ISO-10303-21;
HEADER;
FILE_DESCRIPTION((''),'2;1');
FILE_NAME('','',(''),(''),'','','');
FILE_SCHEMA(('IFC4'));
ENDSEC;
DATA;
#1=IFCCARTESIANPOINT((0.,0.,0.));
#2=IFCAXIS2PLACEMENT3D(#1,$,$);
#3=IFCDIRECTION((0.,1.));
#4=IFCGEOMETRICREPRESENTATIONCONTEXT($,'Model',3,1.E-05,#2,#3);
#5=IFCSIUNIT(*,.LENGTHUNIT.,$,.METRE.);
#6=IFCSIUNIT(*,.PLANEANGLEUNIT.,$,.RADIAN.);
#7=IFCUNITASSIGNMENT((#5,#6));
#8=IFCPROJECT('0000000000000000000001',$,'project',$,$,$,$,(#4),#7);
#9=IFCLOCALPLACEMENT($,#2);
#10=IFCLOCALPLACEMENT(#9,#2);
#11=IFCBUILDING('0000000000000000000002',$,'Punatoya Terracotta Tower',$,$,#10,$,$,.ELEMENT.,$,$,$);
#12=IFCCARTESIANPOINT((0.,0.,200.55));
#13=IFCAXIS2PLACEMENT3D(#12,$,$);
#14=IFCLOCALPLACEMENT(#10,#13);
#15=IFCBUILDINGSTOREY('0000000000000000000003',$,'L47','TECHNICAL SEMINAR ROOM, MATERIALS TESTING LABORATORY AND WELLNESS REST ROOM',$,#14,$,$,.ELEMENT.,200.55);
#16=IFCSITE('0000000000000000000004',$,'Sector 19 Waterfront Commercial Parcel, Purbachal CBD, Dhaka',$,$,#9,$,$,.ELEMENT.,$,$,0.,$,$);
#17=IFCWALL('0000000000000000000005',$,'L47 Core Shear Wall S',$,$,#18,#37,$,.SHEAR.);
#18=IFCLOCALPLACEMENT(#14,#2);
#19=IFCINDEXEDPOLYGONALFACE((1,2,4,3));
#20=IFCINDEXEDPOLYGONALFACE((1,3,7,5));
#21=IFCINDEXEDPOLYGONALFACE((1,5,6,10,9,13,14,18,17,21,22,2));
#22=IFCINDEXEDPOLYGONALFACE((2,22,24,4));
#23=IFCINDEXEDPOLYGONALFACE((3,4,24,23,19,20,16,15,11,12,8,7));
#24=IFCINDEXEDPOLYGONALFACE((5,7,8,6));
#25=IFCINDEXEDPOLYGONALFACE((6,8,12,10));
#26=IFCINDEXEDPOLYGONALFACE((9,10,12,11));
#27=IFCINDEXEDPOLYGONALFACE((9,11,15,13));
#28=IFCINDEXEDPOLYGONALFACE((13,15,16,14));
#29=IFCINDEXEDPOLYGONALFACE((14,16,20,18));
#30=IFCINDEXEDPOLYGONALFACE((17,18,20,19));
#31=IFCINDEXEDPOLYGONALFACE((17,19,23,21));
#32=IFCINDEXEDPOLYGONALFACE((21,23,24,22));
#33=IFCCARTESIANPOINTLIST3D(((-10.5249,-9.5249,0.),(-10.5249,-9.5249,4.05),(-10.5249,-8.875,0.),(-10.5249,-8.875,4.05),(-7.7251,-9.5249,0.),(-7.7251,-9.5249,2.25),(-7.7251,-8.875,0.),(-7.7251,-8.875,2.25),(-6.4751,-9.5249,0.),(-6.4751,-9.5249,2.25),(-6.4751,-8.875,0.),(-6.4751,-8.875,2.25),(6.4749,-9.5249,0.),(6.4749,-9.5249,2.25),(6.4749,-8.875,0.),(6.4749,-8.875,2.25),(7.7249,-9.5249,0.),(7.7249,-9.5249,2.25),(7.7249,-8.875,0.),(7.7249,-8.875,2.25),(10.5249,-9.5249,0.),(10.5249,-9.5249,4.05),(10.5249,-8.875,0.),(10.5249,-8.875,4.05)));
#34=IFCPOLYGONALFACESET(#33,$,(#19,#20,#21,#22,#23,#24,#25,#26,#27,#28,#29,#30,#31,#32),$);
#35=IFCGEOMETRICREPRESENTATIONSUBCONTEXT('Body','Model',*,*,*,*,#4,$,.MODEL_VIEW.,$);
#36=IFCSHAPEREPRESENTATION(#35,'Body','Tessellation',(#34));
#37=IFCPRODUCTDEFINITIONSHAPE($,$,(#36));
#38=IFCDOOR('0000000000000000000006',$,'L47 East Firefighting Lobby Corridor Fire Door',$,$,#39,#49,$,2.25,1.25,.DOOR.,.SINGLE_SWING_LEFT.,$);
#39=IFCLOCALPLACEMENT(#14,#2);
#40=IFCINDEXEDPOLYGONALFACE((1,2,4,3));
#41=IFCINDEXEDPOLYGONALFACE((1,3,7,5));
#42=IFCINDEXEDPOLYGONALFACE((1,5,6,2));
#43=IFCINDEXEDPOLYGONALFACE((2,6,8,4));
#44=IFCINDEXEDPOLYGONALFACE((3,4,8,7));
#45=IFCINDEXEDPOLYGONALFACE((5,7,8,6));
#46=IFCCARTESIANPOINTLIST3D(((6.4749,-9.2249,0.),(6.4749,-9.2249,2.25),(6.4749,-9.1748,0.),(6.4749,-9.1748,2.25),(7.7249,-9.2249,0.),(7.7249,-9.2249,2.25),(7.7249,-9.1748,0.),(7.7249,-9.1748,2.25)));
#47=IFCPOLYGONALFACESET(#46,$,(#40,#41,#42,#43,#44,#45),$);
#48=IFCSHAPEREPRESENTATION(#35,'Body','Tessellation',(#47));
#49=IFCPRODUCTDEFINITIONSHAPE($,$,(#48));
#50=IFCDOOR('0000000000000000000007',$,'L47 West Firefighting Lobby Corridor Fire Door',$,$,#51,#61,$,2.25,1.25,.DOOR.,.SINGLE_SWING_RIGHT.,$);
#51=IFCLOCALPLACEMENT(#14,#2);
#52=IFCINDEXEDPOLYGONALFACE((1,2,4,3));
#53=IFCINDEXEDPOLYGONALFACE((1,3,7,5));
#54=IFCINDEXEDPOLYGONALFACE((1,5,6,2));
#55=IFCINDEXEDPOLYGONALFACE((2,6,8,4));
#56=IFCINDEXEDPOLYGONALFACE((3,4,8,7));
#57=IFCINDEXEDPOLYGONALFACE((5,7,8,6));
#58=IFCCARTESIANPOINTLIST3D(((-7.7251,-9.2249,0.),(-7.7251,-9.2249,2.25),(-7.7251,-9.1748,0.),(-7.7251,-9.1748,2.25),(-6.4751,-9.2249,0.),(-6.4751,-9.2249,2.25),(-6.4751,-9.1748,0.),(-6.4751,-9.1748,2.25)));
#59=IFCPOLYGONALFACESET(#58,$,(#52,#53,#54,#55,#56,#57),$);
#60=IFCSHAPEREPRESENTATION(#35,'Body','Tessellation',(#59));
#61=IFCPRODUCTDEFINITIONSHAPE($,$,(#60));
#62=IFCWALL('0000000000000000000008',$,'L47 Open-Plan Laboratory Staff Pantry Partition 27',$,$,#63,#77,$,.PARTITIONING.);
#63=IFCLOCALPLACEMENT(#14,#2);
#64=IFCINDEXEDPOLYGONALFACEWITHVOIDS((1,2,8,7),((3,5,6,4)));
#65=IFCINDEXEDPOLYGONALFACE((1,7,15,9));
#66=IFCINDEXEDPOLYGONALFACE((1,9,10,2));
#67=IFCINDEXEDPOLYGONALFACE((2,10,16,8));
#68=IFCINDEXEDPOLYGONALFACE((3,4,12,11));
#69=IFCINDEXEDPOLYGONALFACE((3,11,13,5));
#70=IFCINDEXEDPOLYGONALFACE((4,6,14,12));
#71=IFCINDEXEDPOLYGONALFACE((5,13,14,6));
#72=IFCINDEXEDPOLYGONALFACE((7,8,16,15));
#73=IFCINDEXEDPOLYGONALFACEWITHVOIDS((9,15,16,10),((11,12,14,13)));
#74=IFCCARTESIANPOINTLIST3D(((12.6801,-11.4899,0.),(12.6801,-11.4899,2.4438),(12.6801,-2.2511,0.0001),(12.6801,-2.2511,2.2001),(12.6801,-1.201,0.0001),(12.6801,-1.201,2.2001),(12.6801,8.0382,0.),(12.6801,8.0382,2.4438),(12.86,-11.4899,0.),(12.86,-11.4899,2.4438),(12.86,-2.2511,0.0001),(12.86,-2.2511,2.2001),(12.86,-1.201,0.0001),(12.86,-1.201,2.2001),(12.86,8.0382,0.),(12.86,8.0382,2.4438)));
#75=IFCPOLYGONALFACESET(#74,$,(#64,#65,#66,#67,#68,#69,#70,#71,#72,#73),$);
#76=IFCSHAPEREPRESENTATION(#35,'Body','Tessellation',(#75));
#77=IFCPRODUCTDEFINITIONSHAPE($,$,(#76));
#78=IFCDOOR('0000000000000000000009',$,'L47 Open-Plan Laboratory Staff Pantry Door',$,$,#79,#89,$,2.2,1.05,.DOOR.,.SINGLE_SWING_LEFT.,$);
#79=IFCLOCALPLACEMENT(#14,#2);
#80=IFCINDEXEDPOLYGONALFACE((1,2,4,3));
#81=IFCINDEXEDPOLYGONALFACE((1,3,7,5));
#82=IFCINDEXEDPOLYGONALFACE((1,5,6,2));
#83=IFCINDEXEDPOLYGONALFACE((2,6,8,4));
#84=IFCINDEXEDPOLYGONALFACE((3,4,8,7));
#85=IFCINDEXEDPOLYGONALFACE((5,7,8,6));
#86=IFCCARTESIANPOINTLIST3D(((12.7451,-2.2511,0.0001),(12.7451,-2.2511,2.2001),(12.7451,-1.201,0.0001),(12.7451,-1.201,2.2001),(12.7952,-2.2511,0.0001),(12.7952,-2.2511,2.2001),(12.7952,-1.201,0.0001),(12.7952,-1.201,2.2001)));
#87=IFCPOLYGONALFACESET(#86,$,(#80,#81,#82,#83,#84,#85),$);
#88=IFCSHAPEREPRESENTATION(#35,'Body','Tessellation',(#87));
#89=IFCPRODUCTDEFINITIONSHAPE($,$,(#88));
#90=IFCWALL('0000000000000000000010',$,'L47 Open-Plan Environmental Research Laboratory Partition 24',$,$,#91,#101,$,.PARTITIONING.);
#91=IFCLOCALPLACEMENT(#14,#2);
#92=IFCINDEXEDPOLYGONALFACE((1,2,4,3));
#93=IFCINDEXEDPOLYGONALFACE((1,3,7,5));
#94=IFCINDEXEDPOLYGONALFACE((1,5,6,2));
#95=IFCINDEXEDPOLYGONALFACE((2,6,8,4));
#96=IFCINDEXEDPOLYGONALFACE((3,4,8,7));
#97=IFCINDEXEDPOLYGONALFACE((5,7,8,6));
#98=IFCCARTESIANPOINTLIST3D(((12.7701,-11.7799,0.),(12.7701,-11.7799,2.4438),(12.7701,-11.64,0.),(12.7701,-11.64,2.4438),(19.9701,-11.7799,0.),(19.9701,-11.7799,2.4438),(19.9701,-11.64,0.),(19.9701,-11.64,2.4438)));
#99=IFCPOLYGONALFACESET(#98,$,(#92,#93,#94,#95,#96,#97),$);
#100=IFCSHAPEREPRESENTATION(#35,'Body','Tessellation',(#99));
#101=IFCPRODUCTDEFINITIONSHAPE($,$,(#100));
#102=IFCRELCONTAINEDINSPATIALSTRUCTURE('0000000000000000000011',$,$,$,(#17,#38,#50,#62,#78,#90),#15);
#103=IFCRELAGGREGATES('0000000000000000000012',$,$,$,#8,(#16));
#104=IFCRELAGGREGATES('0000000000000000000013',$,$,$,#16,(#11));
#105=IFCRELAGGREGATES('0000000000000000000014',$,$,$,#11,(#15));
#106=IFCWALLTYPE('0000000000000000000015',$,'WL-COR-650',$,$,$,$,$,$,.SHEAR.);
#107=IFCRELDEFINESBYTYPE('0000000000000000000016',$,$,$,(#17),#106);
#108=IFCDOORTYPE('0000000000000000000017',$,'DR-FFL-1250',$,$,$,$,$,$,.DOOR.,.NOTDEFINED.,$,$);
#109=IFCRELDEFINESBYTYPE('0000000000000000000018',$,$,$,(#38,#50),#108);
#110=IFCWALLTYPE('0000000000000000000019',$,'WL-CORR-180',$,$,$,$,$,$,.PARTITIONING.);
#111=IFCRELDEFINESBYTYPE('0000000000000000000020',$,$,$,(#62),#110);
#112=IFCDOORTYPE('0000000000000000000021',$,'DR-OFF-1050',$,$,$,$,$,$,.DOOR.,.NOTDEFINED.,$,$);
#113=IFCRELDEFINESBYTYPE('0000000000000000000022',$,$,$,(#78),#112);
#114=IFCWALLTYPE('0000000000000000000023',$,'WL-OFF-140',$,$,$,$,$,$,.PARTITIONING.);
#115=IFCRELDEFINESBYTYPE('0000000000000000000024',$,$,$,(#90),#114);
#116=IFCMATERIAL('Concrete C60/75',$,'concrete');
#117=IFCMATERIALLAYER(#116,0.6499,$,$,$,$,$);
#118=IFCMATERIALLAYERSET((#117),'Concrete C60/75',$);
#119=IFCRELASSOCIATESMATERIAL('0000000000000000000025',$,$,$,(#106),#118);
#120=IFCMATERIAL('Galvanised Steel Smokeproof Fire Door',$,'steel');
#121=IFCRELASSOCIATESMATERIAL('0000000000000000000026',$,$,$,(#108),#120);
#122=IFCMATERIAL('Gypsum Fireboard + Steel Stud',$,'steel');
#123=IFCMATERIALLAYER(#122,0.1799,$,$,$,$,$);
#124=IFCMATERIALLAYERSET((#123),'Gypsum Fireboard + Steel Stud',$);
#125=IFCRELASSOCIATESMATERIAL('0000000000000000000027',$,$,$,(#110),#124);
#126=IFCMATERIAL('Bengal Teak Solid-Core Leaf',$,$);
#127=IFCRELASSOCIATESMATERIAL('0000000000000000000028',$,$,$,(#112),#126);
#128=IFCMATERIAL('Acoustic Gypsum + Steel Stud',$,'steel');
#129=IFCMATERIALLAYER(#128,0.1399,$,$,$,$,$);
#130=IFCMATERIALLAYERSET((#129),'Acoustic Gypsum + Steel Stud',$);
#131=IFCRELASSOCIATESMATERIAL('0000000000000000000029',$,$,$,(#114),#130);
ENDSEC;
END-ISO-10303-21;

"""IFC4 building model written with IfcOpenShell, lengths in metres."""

from ifc_helpers import new_model, si_unit, direction, frame, frame_2d, origin, place, context, subcontext, project, spatial, rectangle, extrude, material, layer, layer_set, type_object, element, fill, save


model = new_model("IFC4")

# Units and contexts
model_context = context("Model", 3, precision=1e-05, world=origin(), true_north=direction((0.0, 1.0)))
body_context = subcontext(model_context, "Body", "Model", "MODEL_VIEW")
ifc_project = project(units=[si_unit("LENGTHUNIT", "METRE"), si_unit("PLANEANGLEUNIT", "RADIAN")], contexts=[model_context])

# Site, building, storey
site_placement = place(None, origin())
site = spatial("IfcSite", under=ifc_project, at=site_placement, Name="Sector 19 Waterfront Commercial Parcel, Purbachal CBD, Dhaka", CompositionType="ELEMENT", RefElevation=0.0)
building_placement = place(site_placement, origin())
building = spatial("IfcBuilding", under=site, at=building_placement, Name="Punatoya Terracotta Tower", CompositionType="ELEMENT")
storey_placement = place(building_placement, frame((0.0, 0.0, 200.55)))
storey = spatial("IfcBuildingStorey", under=building, at=storey_placement, Name="L47", Description="TECHNICAL SEMINAR ROOM, MATERIALS TESTING LABORATORY AND WELLNESS REST ROOM", CompositionType="ELEMENT", Elevation=200.55)

# Wall, openings, doors
ifc_material_1 = material(Name="Concrete C60/75", Category="concrete")
ifc_layer_1 = layer(ifc_material_1, 0.6499)
ifc_layer_set_1 = layer_set([ifc_layer_1], Name="Concrete C60/75")
wall_type_1 = type_object("IfcWallType", Name="WL-COR-650", PredefinedType="SHEAR", material=ifc_layer_set_1)
wall_1_placement = place(storey_placement, frame((10.5249, -9.2, 0.0), z_axis=(0.0, 0.0, 1.0), x_axis=(-1.0, 0.0, 0.0)))
wall_1 = element("IfcWall", 1, at=wall_1_placement, inside=storey, type_object=wall_type_1, Name="L47 Core Shear Wall S", PredefinedType="SHEAR", context=body_context, shape_type="SweptSolid", body=[
    extrude(rectangle(XDim=21.0498, YDim=0.6499, at=frame_2d((10.5249, 0.0))), origin(), (0.0, 0.0, 1.0), 4.05),
])
opening_1_placement = place(wall_1_placement, frame((2.8, 0.0, 0.0)))
opening_1 = element("IfcOpeningElement", 2, at=opening_1_placement, cuts=wall_1, PredefinedType="OPENING", context=body_context, shape_type="SweptSolid", body=[
    extrude(rectangle(XDim=1.25, YDim=2.25, at=frame_2d((0.625, 1.125))), frame((0.0, 0.335, 0.0), z_axis=(0.0, -1.0, 0.0), x_axis=(1.0, 0.0, 0.0)), (0.0, 0.0, 1.0), 0.6699),
])
opening_2_placement = place(wall_1_placement, frame((17.0, 0.0, 0.0)))
opening_2 = element("IfcOpeningElement", 3, at=opening_2_placement, cuts=wall_1, PredefinedType="OPENING", context=body_context, shape_type="SweptSolid", body=[
    extrude(rectangle(XDim=1.25, YDim=2.25, at=frame_2d((0.625, 1.125))), frame((0.0, 0.335, 0.0), z_axis=(0.0, -1.0, 0.0), x_axis=(1.0, 0.0, 0.0)), (0.0, 0.0, 1.0), 0.6699),
])
ifc_material_2 = material(Name="Galvanised Steel Smokeproof Fire Door", Category="steel")
door_type_1 = type_object("IfcDoorType", Name="DR-FFL-1250", OperationType="NOTDEFINED", PredefinedType="DOOR", material=ifc_material_2)
door_1_placement = place(opening_1_placement, origin())
door_1 = element("IfcDoor", 4, at=door_1_placement, inside=storey, type_object=door_type_1, Name="L47 East Firefighting Lobby Corridor Fire Door", OperationType="SINGLE_SWING_LEFT", OverallHeight=2.25, OverallWidth=1.25, PredefinedType="DOOR", context=body_context, shape_type="SweptSolid", body=[
    extrude(rectangle(XDim=1.25, YDim=2.25, at=frame_2d((0.625, 1.125))), frame((0.0, 0.0249, 0.0), z_axis=(0.0, -1.0, 0.0), x_axis=(1.0, 0.0, 0.0)), (0.0, 0.0, 1.0), 0.05),
])
fill(opening_1, door_1)
door_2_placement = place(opening_2_placement, origin())
door_2 = element("IfcDoor", 5, at=door_2_placement, inside=storey, type_object=door_type_1, Name="L47 West Firefighting Lobby Corridor Fire Door", OperationType="SINGLE_SWING_RIGHT", OverallHeight=2.25, OverallWidth=1.25, PredefinedType="DOOR", context=body_context, shape_type="SweptSolid", body=[
    extrude(rectangle(XDim=1.25, YDim=2.25, at=frame_2d((0.625, 1.125))), frame((0.0, 0.0249, 0.0), z_axis=(0.0, -1.0, 0.0), x_axis=(1.0, 0.0, 0.0)), (0.0, 0.0, 1.0), 0.05),
])
fill(opening_2, door_2)

# Wall, opening, door
ifc_material_3 = material(Name="Gypsum Fireboard + Steel Stud", Category="steel")
ifc_layer_2 = layer(ifc_material_3, 0.1799)
ifc_layer_set_2 = layer_set([ifc_layer_2], Name="Gypsum Fireboard + Steel Stud")
wall_type_2 = type_object("IfcWallType", Name="WL-CORR-180", PredefinedType="PARTITIONING", material=ifc_layer_set_2)
wall_2_placement = place(storey_placement, frame((12.77, -11.49, 0.0), z_axis=(0.0, 0.0, 1.0), x_axis=(0.0, 1.0, 0.0)))
wall_2 = element("IfcWall", 6, at=wall_2_placement, inside=storey, type_object=wall_type_2, Name="L47 Open-Plan Laboratory Staff Pantry Partition 27", PredefinedType="PARTITIONING", context=body_context, shape_type="SweptSolid", body=[
    extrude(rectangle(XDim=19.5281, YDim=0.1799, at=frame_2d((9.7642, 0.0))), origin(), (0.0, 0.0, 1.0), 2.4438),
])
opening_3_placement = place(wall_2_placement, frame((9.239, 0.0, 0.0)))
opening_3 = element("IfcOpeningElement", 7, at=opening_3_placement, cuts=wall_2, PredefinedType="OPENING", context=body_context, shape_type="SweptSolid", body=[
    extrude(rectangle(XDim=1.05, YDim=2.2, at=frame_2d((0.5249, 1.1001))), frame((0.0, 0.0999, 0.0), z_axis=(0.0, -1.0, 0.0), x_axis=(1.0, 0.0, 0.0)), (0.0, 0.0, 1.0), 0.2),
])
ifc_material_4 = material(Name="Bengal Teak Solid-Core Leaf")
door_type_2 = type_object("IfcDoorType", Name="DR-OFF-1050", OperationType="NOTDEFINED", PredefinedType="DOOR", material=ifc_material_4)
door_3_placement = place(opening_3_placement, origin())
door_3 = element("IfcDoor", 8, at=door_3_placement, inside=storey, type_object=door_type_2, Name="L47 Open-Plan Laboratory Staff Pantry Door", OperationType="SINGLE_SWING_LEFT", OverallHeight=2.2, OverallWidth=1.05, PredefinedType="DOOR", context=body_context, shape_type="SweptSolid", body=[
    extrude(rectangle(XDim=1.05, YDim=2.2, at=frame_2d((0.5249, 1.1001))), frame((0.0, 0.0249, 0.0), z_axis=(0.0, -1.0, 0.0), x_axis=(1.0, 0.0, 0.0)), (0.0, 0.0, 1.0), 0.05),
])
fill(opening_3, door_3)

# Wall
ifc_material_5 = material(Name="Acoustic Gypsum + Steel Stud", Category="steel")
ifc_layer_3 = layer(ifc_material_5, 0.1399)
ifc_layer_set_3 = layer_set([ifc_layer_3], Name="Acoustic Gypsum + Steel Stud")
wall_type_3 = type_object("IfcWallType", Name="WL-OFF-140", PredefinedType="PARTITIONING", material=ifc_layer_set_3)
wall_3_placement = place(storey_placement, frame((12.77, -11.71, 0.0), z_axis=(0.0, 0.0, 1.0), x_axis=(1.0, 0.0, 0.0)))
element("IfcWall", 9, at=wall_3_placement, inside=storey, type_object=wall_type_3, Name="L47 Open-Plan Environmental Research Laboratory Partition 24", PredefinedType="PARTITIONING", context=body_context, shape_type="SweptSolid", body=[
    extrude(rectangle(XDim=7.2, YDim=0.1399, at=frame_2d((3.6001, 0.0))), origin(), (0.0, 0.0, 1.0), 2.4438),
])

save(model, "model.ifc")
